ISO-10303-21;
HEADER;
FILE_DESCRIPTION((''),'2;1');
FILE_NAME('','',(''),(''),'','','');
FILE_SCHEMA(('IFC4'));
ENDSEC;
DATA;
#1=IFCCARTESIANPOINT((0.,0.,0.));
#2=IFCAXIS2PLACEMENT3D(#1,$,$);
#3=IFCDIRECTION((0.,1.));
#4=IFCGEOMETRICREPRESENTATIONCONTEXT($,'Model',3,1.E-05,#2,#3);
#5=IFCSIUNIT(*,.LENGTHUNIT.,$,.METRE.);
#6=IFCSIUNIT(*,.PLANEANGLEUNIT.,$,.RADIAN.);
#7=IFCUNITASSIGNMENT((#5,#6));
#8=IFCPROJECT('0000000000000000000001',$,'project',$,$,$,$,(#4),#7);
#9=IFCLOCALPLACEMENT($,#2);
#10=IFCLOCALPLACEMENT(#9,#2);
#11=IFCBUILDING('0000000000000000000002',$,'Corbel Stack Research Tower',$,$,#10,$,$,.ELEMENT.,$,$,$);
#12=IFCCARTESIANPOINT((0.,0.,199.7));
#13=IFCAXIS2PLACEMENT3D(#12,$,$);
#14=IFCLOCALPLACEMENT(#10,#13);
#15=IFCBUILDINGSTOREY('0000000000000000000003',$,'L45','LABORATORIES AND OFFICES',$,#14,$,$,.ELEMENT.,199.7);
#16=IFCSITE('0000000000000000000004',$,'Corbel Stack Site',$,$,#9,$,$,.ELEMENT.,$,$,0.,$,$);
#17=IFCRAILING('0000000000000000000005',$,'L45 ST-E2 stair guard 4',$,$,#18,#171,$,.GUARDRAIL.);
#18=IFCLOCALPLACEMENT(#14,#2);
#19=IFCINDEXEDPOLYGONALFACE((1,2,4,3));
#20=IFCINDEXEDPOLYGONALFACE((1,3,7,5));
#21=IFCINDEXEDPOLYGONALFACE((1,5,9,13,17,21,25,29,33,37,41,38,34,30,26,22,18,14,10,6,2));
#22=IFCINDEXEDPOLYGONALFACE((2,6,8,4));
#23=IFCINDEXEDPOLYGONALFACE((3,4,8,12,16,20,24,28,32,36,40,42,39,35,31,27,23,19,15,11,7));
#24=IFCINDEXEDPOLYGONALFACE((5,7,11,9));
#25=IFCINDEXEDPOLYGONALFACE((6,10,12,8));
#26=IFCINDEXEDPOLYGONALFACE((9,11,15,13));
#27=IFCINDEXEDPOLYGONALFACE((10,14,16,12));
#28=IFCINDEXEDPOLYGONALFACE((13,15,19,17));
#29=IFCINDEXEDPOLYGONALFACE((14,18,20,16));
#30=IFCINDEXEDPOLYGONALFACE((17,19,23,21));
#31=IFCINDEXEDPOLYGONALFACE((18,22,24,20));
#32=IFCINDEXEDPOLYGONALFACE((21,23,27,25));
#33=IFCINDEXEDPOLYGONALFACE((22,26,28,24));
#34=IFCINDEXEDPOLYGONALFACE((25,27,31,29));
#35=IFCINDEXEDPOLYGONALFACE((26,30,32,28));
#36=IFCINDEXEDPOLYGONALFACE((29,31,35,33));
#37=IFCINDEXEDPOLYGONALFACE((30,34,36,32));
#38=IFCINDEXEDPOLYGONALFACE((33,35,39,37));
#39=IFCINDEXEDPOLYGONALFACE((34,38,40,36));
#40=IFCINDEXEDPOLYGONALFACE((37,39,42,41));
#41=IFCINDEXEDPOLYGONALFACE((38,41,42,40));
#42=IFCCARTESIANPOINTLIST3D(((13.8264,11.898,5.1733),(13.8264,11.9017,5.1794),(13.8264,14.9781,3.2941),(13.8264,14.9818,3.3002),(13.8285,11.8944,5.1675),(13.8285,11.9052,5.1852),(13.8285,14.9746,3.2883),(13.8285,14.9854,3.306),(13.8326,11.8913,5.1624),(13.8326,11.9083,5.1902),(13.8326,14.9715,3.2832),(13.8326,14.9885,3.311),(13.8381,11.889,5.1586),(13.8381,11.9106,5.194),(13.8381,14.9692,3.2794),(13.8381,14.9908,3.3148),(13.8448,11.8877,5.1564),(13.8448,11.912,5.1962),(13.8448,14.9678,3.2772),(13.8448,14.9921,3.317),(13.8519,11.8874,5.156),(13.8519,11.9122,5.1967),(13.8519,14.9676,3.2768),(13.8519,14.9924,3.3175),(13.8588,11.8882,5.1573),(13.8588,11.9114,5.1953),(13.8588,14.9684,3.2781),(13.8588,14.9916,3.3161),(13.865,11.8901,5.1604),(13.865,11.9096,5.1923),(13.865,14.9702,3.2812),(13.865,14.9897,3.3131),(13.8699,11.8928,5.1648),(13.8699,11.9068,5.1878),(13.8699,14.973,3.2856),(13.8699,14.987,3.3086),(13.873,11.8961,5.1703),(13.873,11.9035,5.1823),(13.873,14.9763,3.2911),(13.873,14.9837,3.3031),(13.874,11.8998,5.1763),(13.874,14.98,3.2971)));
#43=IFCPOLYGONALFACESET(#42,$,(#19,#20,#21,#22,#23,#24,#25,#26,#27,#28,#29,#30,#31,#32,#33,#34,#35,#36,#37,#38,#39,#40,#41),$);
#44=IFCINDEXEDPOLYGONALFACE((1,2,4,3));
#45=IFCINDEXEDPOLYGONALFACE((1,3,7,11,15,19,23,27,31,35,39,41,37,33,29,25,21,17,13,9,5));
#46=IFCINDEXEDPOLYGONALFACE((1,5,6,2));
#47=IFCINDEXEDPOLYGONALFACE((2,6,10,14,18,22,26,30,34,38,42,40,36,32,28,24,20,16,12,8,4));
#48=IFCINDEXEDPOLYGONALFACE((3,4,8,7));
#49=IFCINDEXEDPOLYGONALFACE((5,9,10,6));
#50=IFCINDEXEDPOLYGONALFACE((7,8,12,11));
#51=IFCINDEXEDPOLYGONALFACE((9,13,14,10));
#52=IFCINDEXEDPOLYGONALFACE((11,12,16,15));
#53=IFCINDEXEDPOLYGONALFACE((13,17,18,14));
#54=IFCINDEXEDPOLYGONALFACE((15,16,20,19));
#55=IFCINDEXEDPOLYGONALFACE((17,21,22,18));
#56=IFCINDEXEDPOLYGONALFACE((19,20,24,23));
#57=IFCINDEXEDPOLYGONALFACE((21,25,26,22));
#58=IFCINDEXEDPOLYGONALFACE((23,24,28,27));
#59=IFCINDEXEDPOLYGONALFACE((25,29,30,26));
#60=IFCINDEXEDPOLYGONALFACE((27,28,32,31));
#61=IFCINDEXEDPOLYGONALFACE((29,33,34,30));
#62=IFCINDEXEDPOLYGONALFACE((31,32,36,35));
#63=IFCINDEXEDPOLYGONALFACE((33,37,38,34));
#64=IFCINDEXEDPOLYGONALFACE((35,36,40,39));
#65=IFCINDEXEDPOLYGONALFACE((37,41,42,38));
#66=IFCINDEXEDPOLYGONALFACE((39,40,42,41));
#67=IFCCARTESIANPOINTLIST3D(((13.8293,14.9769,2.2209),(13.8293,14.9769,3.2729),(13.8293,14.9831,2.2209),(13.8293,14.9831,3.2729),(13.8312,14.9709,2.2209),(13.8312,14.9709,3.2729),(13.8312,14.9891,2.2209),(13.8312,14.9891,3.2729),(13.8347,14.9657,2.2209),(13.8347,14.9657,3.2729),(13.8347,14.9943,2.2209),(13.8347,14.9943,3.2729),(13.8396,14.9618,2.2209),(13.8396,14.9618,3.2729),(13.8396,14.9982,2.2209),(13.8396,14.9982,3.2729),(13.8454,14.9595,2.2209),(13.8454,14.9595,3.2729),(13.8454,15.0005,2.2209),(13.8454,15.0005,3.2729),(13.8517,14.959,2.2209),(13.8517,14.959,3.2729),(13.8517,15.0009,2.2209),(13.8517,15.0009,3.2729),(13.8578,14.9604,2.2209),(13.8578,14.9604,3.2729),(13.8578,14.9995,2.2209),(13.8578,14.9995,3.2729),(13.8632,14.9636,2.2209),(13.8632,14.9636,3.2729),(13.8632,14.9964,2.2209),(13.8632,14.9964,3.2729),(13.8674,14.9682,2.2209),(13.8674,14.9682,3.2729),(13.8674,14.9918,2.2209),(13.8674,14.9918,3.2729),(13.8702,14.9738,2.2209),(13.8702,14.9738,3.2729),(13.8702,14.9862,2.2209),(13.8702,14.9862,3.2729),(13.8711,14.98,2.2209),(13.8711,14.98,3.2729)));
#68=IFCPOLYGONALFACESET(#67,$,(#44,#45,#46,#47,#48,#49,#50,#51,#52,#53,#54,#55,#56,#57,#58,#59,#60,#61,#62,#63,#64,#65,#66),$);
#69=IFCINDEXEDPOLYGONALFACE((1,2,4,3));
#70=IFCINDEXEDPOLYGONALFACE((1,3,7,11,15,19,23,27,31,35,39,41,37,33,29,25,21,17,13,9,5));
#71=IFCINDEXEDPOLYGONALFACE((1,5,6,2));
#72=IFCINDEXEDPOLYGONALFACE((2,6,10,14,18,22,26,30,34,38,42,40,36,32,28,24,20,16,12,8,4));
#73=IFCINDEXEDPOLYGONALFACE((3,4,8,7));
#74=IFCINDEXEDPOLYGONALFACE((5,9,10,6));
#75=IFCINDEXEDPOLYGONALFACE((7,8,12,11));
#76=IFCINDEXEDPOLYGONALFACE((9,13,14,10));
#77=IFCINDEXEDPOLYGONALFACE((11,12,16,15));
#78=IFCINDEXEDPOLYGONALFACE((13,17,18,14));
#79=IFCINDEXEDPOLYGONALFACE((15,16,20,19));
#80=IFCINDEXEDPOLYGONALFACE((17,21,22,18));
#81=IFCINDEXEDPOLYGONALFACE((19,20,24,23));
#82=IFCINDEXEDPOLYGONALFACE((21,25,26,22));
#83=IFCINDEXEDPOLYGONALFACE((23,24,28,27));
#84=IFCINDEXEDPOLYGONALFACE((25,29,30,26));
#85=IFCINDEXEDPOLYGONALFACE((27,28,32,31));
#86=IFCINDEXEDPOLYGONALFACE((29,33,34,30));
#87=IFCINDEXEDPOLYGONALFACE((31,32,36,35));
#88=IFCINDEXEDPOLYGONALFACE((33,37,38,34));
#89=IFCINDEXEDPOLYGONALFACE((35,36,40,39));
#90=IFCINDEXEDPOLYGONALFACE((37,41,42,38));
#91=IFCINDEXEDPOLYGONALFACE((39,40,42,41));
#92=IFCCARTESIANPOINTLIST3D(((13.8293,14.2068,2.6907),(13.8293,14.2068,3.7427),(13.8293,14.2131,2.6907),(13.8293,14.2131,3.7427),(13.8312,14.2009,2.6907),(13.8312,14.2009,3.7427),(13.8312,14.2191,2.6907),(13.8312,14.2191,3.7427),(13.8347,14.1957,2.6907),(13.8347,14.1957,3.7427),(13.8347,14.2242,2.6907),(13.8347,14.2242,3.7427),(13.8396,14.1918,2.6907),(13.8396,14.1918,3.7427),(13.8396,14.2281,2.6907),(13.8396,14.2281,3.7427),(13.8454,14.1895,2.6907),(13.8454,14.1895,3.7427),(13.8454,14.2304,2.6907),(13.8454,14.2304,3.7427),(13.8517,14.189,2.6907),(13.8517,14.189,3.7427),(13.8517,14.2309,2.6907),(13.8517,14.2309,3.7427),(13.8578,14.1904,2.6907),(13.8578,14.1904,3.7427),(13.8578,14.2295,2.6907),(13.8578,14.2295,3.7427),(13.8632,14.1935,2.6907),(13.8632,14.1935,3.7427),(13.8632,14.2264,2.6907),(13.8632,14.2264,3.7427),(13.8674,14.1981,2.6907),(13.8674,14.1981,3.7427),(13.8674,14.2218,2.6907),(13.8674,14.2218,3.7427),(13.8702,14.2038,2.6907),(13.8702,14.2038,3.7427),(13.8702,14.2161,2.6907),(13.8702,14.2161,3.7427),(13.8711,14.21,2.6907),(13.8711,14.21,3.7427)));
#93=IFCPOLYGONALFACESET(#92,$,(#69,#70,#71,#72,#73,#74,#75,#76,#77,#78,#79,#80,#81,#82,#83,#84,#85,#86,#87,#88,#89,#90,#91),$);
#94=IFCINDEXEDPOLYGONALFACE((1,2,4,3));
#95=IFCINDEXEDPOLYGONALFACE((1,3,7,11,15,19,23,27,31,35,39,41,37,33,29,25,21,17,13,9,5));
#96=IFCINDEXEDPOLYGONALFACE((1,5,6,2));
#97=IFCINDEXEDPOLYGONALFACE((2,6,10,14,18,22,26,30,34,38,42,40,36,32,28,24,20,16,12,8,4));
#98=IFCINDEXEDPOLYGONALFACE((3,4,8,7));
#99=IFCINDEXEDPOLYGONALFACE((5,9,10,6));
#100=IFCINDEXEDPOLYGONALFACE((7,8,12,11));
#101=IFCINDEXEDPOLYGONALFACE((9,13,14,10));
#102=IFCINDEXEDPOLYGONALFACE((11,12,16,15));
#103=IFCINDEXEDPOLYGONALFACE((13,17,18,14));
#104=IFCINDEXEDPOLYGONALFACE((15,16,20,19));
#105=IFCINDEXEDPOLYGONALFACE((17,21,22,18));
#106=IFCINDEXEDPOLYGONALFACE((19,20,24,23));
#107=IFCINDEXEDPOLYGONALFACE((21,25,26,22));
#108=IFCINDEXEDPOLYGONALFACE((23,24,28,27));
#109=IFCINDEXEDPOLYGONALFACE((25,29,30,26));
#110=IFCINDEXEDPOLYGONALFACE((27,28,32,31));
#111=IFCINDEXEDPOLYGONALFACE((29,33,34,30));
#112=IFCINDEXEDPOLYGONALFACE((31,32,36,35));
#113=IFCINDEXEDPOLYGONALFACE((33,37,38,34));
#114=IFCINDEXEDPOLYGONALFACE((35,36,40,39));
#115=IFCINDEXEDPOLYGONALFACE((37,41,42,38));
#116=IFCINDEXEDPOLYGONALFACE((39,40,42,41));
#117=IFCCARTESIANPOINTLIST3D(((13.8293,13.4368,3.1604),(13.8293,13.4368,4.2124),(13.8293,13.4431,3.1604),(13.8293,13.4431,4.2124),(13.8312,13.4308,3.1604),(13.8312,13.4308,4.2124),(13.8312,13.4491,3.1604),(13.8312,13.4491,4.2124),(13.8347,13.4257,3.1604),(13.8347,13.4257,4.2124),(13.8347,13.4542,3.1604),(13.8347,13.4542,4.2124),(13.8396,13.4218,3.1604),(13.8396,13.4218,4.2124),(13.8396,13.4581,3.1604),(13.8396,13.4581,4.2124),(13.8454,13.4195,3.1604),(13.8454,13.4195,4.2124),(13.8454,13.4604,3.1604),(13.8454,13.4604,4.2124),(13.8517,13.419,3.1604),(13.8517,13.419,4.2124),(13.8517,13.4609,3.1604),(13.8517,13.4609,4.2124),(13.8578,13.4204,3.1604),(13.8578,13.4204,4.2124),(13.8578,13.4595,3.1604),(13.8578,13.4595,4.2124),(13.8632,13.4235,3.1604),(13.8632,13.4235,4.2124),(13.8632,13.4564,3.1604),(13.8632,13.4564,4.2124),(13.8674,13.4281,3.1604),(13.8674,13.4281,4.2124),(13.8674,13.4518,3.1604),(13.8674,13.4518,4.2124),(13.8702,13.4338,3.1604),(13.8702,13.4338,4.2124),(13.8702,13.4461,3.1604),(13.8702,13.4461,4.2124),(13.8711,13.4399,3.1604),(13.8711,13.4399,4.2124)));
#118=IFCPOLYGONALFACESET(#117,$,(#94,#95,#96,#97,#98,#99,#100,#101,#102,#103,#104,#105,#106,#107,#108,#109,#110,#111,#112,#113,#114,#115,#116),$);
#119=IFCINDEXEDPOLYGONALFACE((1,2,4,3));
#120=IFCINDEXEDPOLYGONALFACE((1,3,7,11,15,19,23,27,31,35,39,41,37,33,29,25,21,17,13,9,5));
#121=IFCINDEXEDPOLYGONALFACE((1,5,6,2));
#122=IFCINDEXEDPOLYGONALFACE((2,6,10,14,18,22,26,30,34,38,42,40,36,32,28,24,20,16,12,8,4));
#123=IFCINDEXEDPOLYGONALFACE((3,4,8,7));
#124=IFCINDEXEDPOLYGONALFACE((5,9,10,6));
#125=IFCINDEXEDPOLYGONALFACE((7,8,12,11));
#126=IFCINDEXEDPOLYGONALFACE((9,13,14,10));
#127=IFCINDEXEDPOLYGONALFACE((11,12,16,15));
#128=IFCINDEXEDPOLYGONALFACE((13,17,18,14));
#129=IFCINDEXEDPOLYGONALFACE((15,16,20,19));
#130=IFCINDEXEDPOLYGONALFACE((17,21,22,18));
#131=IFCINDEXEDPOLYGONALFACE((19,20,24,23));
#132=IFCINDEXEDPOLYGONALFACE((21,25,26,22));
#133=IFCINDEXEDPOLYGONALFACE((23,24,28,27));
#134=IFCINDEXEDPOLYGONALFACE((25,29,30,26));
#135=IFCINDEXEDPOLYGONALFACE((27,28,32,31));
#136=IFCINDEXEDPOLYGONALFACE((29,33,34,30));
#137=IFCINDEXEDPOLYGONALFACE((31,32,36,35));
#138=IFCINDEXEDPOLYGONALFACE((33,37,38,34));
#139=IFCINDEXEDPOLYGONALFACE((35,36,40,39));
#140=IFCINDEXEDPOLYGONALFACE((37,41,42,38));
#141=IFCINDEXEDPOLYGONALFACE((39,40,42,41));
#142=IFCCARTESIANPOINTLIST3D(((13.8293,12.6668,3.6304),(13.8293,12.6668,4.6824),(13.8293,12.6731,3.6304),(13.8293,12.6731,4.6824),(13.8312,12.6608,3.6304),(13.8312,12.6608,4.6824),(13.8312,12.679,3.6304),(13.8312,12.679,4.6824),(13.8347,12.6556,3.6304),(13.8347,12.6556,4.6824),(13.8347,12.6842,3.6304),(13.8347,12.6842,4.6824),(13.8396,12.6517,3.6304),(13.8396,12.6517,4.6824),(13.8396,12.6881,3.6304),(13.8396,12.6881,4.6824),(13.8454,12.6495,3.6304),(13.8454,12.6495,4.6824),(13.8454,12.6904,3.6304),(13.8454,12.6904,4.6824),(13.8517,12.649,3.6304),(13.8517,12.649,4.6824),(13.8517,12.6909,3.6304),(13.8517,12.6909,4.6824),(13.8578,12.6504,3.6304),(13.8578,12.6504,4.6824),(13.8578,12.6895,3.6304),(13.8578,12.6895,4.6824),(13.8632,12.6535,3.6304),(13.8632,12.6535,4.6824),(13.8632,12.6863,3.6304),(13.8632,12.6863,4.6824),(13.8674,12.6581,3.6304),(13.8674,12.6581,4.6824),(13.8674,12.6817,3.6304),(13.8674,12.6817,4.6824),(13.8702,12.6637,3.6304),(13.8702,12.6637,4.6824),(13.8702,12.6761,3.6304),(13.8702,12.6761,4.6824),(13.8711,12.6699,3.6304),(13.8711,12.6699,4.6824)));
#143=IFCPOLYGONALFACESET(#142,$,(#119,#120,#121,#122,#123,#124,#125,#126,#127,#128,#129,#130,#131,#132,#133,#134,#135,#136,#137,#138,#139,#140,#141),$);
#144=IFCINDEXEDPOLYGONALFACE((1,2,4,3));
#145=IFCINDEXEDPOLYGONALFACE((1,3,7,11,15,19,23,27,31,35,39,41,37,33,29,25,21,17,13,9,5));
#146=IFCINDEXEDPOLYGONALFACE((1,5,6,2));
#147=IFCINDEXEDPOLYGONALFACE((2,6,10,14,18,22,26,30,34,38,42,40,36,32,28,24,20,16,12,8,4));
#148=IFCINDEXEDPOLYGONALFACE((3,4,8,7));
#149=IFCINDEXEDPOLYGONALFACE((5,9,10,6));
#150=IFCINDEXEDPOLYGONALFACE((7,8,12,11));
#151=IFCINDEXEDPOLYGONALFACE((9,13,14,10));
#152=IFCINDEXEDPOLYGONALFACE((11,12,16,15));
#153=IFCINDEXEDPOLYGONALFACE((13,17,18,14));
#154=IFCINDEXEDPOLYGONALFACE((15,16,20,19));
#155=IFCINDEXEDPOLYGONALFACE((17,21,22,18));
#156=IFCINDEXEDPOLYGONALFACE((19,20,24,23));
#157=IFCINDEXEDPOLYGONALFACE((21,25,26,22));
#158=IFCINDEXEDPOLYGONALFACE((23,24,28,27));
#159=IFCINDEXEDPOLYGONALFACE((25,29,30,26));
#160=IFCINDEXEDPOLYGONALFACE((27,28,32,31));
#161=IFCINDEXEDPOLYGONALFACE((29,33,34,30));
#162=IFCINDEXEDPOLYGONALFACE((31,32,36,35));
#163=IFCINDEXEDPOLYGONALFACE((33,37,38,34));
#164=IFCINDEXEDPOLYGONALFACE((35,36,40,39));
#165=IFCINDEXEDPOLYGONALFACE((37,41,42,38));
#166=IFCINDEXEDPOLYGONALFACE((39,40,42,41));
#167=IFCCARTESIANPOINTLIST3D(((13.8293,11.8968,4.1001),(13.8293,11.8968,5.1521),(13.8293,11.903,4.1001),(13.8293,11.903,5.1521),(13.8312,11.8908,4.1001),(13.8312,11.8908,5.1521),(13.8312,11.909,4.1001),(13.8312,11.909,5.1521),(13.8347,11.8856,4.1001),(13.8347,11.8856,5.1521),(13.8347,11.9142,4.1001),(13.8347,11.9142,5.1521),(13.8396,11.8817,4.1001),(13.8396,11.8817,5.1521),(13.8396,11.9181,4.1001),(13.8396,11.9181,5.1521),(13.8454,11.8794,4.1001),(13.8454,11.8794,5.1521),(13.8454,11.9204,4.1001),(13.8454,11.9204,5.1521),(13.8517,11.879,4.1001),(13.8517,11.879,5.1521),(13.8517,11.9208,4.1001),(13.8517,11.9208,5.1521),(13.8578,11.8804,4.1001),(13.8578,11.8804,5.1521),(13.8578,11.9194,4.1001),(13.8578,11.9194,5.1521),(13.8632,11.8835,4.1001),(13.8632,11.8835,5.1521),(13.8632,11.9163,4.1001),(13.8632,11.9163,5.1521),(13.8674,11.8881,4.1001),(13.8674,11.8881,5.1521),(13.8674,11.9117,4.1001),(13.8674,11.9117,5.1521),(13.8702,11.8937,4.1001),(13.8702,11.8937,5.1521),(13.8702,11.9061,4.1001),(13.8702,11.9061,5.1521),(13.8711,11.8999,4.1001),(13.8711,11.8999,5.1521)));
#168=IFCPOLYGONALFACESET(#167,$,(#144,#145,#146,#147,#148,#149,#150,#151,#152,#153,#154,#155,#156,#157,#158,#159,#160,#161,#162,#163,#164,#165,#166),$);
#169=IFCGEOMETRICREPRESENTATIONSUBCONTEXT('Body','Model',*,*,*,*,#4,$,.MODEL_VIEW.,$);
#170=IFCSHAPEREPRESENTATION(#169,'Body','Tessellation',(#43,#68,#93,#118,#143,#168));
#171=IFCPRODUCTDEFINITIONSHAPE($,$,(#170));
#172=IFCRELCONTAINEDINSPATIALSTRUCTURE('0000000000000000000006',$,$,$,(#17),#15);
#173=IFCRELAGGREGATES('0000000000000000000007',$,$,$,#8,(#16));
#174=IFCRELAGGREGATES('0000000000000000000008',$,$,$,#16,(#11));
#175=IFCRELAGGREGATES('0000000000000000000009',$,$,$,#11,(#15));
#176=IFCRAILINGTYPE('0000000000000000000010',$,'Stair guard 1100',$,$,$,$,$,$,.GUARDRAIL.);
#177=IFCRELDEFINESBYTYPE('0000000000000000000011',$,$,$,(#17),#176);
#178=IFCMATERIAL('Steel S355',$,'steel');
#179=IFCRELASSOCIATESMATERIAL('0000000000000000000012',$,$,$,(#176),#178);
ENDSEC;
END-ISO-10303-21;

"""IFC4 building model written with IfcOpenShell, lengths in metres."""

from ifc_helpers import new_model, si_unit, direction, frame, origin, origin_2d, place, context, subcontext, project, spatial, circle, extrude, material, type_object, element, save


model = new_model("IFC4")

# Units and contexts
model_context = context("Model", 3, precision=1e-05, world=origin(), true_north=direction((0.0, 1.0)))
body_context = subcontext(model_context, "Body", "Model", "MODEL_VIEW")
ifc_project = project(units=[si_unit("LENGTHUNIT", "METRE"), si_unit("PLANEANGLEUNIT", "RADIAN")], contexts=[model_context])

# Site, building, storey
site_placement = place(None, origin())
site = spatial("IfcSite", under=ifc_project, at=site_placement, Name="Corbel Stack Site", CompositionType="ELEMENT", RefElevation=0.0)
building_placement = place(site_placement, origin())
building = spatial("IfcBuilding", under=site, at=building_placement, Name="Corbel Stack Research Tower", CompositionType="ELEMENT")
storey_placement = place(building_placement, frame((0.0, 0.0, 199.7)))
storey = spatial("IfcBuildingStorey", under=building, at=storey_placement, Name="L45", Description="LABORATORIES AND OFFICES", CompositionType="ELEMENT", Elevation=199.7)

# Railing
ifc_material_1 = material(Name="Steel S355", Category="steel")
railing_type_1 = type_object("IfcRailingType", Name="Stair guard 1100", PredefinedType="GUARDRAIL", material=ifc_material_1)
railing_1_placement = place(storey_placement, frame((13.8501, 14.98, 2.2209)))
element("IfcRailing", 1, at=railing_1_placement, inside=storey, type_object=railing_type_1, Name="L45 ST-E2 stair guard 4", PredefinedType="GUARDRAIL", context=body_context, shape_type="SweptSolid", body=[
    extrude(circle(Radius=0.0239, at=origin_2d()), frame((0.0, 0.0, 1.0762), z_axis=(0.0, -0.853666, 0.52082), x_axis=(1.0, 0.0, 0.0)), (0.0, 0.0, 1.0), 3.6082),
    extrude(circle(Radius=0.021, at=origin_2d()), origin(), (0.0, 0.0, 1.0), 1.052),
    extrude(circle(Radius=0.021, at=origin_2d()), frame((0.0, -0.77, 0.4697)), (0.0, 0.0, 1.0), 1.052),
    extrude(circle(Radius=0.021, at=origin_2d()), frame((0.0, -1.54, 0.9395)), (0.0, 0.0, 1.0), 1.052),
    extrude(circle(Radius=0.021, at=origin_2d()), frame((0.0, -2.3101, 1.4094)), (0.0, 0.0, 1.0), 1.052),
    extrude(circle(Radius=0.021, at=origin_2d()), frame((0.0, -3.0801, 1.8792)), (0.0, 0.0, 1.0), 1.052),
])

save(model, "model.ifc")
